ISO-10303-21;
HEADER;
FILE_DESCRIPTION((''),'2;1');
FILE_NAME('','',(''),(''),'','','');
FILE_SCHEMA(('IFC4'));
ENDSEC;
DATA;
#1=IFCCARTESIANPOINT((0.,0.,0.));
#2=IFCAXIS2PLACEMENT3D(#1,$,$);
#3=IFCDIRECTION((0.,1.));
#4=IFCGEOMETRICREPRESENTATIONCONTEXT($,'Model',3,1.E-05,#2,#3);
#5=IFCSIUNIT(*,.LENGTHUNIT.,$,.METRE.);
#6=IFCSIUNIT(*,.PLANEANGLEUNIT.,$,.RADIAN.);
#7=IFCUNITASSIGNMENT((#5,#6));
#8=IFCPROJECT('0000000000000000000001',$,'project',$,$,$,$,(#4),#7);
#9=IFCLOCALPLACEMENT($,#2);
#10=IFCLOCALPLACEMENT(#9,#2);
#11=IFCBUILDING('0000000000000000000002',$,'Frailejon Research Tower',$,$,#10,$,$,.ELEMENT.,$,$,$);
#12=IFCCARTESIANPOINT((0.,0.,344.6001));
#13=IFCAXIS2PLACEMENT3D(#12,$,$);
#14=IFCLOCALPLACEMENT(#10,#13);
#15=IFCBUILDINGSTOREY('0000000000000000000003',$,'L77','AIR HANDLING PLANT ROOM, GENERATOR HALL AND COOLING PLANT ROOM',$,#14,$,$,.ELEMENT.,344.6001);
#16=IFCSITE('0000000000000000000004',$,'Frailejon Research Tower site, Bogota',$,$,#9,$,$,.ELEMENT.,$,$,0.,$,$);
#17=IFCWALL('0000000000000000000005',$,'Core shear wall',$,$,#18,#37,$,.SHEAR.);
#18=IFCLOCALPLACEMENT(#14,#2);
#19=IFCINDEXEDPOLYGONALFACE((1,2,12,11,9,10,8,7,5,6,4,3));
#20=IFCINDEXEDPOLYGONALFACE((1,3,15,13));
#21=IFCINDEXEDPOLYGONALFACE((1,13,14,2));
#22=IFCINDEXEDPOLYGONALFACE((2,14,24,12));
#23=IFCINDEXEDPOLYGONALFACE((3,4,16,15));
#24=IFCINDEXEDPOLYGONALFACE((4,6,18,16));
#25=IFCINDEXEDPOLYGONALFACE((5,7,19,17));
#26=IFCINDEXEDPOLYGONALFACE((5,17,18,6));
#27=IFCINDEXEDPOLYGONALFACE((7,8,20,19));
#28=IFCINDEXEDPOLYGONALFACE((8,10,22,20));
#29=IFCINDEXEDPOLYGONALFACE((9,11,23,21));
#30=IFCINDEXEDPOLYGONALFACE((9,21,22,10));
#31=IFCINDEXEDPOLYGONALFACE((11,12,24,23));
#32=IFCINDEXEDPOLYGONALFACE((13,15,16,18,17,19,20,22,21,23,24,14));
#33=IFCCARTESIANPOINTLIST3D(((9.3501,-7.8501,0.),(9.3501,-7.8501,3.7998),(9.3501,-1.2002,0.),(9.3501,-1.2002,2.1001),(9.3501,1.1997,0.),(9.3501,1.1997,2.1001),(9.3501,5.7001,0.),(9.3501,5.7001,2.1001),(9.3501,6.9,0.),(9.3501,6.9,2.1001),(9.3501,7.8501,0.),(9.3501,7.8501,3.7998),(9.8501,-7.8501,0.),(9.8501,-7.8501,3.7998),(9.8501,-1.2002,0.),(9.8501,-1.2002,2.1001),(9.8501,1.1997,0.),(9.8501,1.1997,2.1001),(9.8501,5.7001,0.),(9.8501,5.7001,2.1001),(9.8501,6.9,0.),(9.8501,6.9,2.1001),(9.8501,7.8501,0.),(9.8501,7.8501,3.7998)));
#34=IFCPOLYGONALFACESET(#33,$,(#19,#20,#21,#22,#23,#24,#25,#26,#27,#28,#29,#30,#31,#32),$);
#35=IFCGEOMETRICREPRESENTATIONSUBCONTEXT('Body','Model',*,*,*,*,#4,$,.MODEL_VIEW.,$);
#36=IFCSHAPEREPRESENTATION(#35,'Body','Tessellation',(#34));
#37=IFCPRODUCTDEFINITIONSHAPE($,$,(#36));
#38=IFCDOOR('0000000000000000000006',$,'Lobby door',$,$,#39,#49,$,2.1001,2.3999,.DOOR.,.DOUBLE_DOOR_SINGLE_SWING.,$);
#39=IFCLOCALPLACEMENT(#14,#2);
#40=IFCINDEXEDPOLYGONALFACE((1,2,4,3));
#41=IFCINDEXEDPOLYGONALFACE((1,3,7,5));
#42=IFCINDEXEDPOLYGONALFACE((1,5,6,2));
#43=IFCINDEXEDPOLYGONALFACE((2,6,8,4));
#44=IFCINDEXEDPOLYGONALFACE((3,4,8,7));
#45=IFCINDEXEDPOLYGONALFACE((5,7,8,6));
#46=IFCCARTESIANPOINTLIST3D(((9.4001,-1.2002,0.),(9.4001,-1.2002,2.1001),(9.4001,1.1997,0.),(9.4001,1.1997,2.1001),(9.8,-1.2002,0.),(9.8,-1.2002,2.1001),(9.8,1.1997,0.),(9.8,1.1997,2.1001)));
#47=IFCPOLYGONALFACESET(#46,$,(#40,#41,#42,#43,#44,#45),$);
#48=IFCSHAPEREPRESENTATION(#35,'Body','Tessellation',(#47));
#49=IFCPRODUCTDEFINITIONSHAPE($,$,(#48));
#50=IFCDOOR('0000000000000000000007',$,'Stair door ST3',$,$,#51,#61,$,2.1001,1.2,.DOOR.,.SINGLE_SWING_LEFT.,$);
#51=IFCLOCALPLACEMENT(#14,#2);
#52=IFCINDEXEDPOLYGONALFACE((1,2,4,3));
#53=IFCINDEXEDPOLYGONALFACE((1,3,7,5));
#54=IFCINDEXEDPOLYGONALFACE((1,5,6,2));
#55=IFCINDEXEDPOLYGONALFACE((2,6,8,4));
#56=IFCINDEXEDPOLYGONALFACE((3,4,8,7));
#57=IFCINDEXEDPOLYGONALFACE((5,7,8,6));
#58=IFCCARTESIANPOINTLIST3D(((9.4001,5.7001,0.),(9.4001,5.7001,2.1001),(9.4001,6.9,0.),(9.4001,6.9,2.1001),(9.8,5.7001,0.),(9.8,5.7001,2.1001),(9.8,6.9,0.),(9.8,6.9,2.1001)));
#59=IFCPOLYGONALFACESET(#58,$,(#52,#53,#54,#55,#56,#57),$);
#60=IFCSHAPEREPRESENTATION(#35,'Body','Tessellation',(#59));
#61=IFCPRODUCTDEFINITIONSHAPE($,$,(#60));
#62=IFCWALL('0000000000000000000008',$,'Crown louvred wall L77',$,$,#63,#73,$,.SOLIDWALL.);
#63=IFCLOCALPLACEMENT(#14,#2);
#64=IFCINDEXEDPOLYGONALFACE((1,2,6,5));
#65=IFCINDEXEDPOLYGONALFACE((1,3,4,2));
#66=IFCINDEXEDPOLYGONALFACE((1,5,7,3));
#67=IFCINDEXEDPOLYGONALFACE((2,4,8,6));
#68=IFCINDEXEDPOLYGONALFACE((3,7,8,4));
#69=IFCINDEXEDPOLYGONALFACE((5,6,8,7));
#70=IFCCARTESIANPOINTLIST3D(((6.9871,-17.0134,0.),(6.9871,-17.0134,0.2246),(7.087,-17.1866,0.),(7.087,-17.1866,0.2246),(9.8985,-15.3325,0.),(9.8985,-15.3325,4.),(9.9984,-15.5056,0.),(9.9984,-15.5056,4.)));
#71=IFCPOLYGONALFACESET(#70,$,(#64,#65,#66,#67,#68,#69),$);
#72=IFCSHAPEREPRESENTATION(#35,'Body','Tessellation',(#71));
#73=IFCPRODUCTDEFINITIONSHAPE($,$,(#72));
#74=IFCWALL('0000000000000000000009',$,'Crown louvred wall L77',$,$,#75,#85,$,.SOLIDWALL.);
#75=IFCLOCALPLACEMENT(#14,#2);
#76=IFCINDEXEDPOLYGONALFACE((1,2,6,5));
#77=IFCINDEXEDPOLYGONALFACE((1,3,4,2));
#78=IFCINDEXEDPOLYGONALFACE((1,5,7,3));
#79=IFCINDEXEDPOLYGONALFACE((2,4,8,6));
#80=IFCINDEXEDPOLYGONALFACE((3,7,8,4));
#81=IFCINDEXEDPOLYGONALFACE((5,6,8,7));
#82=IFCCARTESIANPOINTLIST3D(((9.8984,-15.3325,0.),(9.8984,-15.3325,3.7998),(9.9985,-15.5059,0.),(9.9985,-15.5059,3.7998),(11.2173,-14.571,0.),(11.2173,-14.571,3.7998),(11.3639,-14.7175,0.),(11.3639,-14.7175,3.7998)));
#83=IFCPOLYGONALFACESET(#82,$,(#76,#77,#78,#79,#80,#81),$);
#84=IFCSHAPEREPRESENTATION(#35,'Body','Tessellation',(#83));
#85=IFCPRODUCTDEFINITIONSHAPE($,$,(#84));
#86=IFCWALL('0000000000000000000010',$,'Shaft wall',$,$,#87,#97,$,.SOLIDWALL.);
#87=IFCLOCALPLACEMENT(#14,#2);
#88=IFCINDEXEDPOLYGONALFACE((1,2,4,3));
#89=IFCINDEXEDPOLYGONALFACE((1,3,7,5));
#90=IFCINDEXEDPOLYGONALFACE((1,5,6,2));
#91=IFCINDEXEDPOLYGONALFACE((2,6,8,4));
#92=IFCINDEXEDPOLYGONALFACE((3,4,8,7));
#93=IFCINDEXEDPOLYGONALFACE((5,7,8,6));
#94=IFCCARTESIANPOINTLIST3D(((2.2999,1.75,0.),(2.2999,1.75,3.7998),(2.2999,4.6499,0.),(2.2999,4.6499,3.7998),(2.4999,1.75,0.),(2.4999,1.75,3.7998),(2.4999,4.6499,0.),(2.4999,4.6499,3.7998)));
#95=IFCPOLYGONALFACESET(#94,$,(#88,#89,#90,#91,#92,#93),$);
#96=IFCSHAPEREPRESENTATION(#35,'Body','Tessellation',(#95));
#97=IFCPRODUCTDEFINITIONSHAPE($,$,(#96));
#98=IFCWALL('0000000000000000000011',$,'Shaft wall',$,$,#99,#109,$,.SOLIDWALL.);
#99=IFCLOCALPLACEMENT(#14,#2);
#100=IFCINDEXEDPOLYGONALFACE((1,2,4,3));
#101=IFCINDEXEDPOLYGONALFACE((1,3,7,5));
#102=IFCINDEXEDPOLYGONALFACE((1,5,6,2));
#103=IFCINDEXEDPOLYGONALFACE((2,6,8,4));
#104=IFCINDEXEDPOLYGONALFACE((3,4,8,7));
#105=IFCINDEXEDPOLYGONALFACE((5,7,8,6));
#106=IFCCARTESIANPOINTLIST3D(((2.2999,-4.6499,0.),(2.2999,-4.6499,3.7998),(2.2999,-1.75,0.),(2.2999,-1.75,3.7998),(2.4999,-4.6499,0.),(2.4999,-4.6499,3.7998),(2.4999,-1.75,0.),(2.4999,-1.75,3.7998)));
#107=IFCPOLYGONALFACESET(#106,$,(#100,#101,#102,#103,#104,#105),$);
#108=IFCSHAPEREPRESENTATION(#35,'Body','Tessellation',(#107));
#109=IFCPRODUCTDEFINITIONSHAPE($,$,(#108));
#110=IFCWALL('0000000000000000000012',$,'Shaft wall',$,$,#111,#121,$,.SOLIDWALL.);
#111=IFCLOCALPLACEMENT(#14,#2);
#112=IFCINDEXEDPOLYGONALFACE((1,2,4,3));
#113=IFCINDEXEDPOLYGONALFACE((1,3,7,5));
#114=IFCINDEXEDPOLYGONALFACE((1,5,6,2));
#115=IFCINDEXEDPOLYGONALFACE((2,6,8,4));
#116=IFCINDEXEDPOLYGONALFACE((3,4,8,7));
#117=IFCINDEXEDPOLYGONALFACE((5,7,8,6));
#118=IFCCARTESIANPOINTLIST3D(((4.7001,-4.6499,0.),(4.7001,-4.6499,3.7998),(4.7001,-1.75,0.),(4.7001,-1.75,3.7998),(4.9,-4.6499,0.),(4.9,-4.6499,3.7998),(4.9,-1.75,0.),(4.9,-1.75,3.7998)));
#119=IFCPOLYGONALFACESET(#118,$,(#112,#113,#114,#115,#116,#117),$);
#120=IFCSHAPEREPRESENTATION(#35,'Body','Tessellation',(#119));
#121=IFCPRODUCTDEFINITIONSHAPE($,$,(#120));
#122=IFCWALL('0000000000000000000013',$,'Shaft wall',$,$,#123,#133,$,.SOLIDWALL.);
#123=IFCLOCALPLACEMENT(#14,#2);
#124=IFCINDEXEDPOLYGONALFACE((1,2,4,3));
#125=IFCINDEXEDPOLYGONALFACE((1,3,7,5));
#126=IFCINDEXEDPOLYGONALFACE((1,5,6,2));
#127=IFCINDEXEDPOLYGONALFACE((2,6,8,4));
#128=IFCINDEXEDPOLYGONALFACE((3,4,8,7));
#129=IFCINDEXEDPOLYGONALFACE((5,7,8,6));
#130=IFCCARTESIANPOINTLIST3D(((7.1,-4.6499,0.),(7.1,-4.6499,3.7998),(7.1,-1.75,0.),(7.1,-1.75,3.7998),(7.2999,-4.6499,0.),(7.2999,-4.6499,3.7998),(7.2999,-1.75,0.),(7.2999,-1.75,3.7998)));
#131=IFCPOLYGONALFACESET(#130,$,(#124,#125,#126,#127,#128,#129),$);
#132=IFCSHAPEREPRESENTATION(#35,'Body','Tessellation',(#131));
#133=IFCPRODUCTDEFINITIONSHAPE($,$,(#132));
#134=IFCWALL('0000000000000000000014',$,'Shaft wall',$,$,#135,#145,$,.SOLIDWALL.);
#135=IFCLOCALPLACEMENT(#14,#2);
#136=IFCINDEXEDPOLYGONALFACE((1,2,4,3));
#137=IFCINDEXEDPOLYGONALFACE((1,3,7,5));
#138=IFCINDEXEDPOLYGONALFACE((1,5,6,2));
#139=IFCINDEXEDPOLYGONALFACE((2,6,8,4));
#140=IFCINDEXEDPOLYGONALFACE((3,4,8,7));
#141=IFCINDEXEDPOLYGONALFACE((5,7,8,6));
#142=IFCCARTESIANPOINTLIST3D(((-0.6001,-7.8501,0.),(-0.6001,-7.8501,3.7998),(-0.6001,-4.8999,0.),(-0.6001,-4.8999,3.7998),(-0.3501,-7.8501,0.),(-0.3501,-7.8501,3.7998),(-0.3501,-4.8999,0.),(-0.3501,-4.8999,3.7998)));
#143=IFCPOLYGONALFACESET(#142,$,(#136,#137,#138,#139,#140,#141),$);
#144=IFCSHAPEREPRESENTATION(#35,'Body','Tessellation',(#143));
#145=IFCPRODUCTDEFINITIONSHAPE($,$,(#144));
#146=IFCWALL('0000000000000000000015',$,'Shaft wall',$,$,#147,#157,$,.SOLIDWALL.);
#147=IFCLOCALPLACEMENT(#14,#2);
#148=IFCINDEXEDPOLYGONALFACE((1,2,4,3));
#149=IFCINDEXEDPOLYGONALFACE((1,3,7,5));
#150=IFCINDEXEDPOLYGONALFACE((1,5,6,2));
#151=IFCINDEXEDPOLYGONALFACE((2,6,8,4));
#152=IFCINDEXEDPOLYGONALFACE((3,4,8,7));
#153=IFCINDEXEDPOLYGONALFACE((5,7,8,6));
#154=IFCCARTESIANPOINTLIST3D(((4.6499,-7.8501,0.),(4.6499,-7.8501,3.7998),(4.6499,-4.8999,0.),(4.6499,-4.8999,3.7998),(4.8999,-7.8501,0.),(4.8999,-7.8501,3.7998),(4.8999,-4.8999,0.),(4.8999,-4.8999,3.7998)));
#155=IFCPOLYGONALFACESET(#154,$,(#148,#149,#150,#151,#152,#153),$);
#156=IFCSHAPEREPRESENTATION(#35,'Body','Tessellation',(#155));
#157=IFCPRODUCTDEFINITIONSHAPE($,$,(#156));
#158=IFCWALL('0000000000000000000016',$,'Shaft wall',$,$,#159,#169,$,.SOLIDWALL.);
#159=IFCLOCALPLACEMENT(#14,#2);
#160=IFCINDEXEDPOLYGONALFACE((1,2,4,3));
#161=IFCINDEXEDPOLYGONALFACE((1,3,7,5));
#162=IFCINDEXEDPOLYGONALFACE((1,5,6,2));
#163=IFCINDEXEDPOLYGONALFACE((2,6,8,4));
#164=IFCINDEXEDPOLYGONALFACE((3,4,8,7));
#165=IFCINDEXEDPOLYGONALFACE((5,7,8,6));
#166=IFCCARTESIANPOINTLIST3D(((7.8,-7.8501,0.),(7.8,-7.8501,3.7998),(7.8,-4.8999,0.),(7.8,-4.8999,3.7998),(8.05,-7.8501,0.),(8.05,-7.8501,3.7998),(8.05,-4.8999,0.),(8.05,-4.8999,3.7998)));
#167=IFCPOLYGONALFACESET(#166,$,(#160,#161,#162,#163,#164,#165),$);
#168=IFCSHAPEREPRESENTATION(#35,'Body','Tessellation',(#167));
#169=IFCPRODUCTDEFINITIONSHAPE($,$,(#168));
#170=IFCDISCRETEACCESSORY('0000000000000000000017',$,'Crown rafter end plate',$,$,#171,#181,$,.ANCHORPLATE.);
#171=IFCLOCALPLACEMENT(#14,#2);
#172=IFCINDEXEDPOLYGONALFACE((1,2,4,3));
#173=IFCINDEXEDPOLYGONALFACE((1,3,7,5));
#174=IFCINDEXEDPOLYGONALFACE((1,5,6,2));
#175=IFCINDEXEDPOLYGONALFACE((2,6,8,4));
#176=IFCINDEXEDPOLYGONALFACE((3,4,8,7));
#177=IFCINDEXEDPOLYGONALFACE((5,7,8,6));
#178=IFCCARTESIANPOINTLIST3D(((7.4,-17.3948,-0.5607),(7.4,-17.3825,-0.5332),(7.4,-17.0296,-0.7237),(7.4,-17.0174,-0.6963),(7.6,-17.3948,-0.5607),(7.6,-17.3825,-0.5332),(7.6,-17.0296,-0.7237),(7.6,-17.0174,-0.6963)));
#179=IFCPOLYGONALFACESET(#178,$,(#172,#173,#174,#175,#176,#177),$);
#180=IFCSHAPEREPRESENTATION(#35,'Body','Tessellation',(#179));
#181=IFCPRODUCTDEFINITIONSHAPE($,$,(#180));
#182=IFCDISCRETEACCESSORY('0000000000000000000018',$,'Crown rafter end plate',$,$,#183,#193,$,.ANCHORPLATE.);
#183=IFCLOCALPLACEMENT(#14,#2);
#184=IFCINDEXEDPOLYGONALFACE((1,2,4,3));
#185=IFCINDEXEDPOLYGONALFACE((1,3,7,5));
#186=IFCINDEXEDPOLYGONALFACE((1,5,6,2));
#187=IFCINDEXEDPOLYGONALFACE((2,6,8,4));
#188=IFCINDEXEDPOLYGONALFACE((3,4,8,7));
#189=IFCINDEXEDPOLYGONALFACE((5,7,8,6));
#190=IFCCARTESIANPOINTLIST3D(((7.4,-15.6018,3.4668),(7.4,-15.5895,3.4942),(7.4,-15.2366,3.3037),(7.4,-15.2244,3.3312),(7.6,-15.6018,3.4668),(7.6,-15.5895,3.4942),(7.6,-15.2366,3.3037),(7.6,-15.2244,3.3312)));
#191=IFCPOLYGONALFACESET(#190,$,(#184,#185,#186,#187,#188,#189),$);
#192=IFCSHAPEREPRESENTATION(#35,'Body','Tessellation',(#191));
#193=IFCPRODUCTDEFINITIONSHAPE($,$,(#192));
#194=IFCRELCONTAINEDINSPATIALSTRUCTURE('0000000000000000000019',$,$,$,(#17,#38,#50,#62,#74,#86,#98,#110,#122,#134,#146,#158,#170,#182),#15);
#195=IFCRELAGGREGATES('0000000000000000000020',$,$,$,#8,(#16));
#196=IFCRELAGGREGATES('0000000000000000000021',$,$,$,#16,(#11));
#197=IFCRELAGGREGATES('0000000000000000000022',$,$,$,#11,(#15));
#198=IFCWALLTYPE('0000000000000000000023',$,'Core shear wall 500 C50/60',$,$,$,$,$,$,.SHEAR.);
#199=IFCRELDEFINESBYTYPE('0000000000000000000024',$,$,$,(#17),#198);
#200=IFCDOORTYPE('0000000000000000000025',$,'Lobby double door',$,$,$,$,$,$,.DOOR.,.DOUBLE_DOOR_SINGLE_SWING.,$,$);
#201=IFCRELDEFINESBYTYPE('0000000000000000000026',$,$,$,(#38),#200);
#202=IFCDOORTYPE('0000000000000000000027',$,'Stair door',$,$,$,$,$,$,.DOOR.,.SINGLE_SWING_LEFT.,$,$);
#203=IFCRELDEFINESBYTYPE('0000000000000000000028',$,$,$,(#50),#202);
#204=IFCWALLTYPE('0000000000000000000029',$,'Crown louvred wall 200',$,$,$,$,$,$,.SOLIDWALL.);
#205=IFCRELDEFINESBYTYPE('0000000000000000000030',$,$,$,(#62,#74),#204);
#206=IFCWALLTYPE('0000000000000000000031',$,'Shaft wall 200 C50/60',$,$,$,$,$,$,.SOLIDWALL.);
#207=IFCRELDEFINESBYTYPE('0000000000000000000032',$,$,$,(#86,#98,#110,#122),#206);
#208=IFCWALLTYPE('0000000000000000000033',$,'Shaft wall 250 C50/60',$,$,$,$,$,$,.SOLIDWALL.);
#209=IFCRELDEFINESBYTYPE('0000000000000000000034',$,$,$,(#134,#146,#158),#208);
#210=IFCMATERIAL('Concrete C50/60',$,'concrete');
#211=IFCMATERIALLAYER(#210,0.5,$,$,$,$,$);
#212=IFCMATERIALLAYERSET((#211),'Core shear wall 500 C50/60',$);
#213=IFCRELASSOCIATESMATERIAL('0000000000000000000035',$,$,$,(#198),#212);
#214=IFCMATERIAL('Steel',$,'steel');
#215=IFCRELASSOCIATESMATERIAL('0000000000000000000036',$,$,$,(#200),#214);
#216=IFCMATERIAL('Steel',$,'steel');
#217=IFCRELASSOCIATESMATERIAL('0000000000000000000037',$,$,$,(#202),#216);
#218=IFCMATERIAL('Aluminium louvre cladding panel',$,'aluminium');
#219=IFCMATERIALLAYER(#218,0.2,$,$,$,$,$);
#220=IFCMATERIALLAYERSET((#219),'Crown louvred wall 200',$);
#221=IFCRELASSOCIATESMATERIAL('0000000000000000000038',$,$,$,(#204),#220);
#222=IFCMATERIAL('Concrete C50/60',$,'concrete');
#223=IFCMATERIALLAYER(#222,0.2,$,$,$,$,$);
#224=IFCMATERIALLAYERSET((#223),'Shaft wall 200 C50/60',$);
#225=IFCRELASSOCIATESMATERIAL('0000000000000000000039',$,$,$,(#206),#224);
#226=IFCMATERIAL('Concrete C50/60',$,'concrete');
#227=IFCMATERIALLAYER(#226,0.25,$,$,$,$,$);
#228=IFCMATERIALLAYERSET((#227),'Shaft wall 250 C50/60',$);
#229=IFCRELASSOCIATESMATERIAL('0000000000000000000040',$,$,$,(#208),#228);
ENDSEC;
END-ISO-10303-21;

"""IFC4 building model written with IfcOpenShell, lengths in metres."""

from ifc_helpers import new_model, si_unit, direction, frame, frame_2d, origin, origin_2d, place, context, subcontext, project, spatial, polyline, rectangle, outline, extrude, material, layer, layer_set, type_object, element, fill, save


model = new_model("IFC4")

# Units and contexts
model_context = context("Model", 3, precision=1e-05, world=origin(), true_north=direction((0.0, 1.0)))
body_context = subcontext(model_context, "Body", "Model", "MODEL_VIEW")
ifc_project = project(units=[si_unit("LENGTHUNIT", "METRE"), si_unit("PLANEANGLEUNIT", "RADIAN")], contexts=[model_context])

# Site, building, storey
site_placement = place(None, origin())
site = spatial("IfcSite", under=ifc_project, at=site_placement, Name="Frailejon Research Tower site, Bogota", CompositionType="ELEMENT", RefElevation=0.0)
building_placement = place(site_placement, origin())
building = spatial("IfcBuilding", under=site, at=building_placement, Name="Frailejon Research Tower", CompositionType="ELEMENT")
storey_placement = place(building_placement, frame((0.0, 0.0, 344.6001)))
storey = spatial("IfcBuildingStorey", under=building, at=storey_placement, Name="L77", Description="AIR HANDLING PLANT ROOM, GENERATOR HALL AND COOLING PLANT ROOM", CompositionType="ELEMENT", Elevation=344.6001)

# Wall, openings, doors
ifc_material_1 = material(Name="Concrete C50/60", Category="concrete")
ifc_layer_1 = layer(ifc_material_1, 0.5)
ifc_layer_set_1 = layer_set([ifc_layer_1], Name="Core shear wall 500 C50/60")
wall_type_1 = type_object("IfcWallType", Name="Core shear wall 500 C50/60", PredefinedType="SHEAR", material=ifc_layer_set_1)
wall_1_placement = place(storey_placement, frame((9.6001, -7.8501, 0.0), z_axis=(0.0, 0.0, 1.0), x_axis=(0.0, 1.0, 0.0)))
wall_1 = element("IfcWall", 1, at=wall_1_placement, inside=storey, type_object=wall_type_1, Name="Core shear wall", PredefinedType="SHEAR", context=body_context, shape_type="SweptSolid", body=[
    extrude(rectangle(XDim=15.7002, YDim=0.5, at=frame_2d((7.8501, 0.0))), origin(), (0.0, 0.0, 1.0), 3.7998),
])
opening_1_placement = place(wall_1_placement, frame((6.6499, 0.0, 0.0)))
opening_1 = element("IfcOpeningElement", 2, at=opening_1_placement, cuts=wall_1, PredefinedType="OPENING", context=body_context, shape_type="SweptSolid", body=[
    extrude(rectangle(XDim=2.3999, YDim=2.1001, at=frame_2d((1.2, 1.05))), frame((0.0, 0.26, 0.0), z_axis=(0.0, -1.0, 0.0), x_axis=(1.0, 0.0, 0.0)), (0.0, 0.0, 1.0), 0.52),
])
opening_2_placement = place(wall_1_placement, frame((13.55, 0.0, 0.0)))
opening_2 = element("IfcOpeningElement", 3, at=opening_2_placement, cuts=wall_1, PredefinedType="OPENING", context=body_context, shape_type="SweptSolid", body=[
    extrude(rectangle(XDim=1.2, YDim=2.1001, at=frame_2d((0.6001, 1.05))), frame((0.0, 0.26, 0.0), z_axis=(0.0, -1.0, 0.0), x_axis=(1.0, 0.0, 0.0)), (0.0, 0.0, 1.0), 0.52),
])
ifc_material_2 = material(Name="Steel", Category="steel")
door_type_1 = type_object("IfcDoorType", Name="Lobby double door", OperationType="DOUBLE_DOOR_SINGLE_SWING", PredefinedType="DOOR", material=ifc_material_2)
door_1_placement = place(opening_1_placement, origin())
door_1 = element("IfcDoor", 4, at=door_1_placement, inside=storey, type_object=door_type_1, Name="Lobby door", OperationType="DOUBLE_DOOR_SINGLE_SWING", OverallHeight=2.1001, OverallWidth=2.3999, PredefinedType="DOOR", context=body_context, shape_type="SweptSolid", body=[
    extrude(rectangle(XDim=2.3999, YDim=2.1001, at=frame_2d((1.2, 1.05))), frame((0.0, 0.2, 0.0), z_axis=(0.0, -1.0, 0.0), x_axis=(1.0, 0.0, 0.0)), (0.0, 0.0, 1.0), 0.3999),
])
fill(opening_1, door_1)
ifc_material_3 = material(Name="Steel", Category="steel")
door_type_2 = type_object("IfcDoorType", Name="Stair door", OperationType="SINGLE_SWING_LEFT", PredefinedType="DOOR", material=ifc_material_3)
door_2_placement = place(opening_2_placement, origin())
door_2 = element("IfcDoor", 5, at=door_2_placement, inside=storey, type_object=door_type_2, Name="Stair door ST3", OperationType="SINGLE_SWING_LEFT", OverallHeight=2.1001, OverallWidth=1.2, PredefinedType="DOOR", context=body_context, shape_type="SweptSolid", body=[
    extrude(rectangle(XDim=1.2, YDim=2.1001, at=frame_2d((0.6001, 1.05))), frame((0.0, 0.2, 0.0), z_axis=(0.0, -1.0, 0.0), x_axis=(1.0, 0.0, 0.0)), (0.0, 0.0, 1.0), 0.3999),
])
fill(opening_2, door_2)

# Walls
ifc_material_4 = material(Name="Aluminium louvre cladding panel", Category="aluminium")
ifc_layer_2 = layer(ifc_material_4, 0.2)
ifc_layer_set_2 = layer_set([ifc_layer_2], Name="Crown louvred wall 200")
wall_type_2 = type_object("IfcWallType", Name="Crown louvred wall 200", PredefinedType="SOLIDWALL", material=ifc_layer_set_2)
wall_2_placement = place(storey_placement, frame((7.0371, -17.1001, 0.0), z_axis=(0.0, 0.0, 1.0), x_axis=(0.866022, 0.500005, 0.0)))
element("IfcWall", 6, at=wall_2_placement, inside=storey, type_object=wall_type_2, Name="Crown louvred wall L77", PredefinedType="SOLIDWALL", context=body_context, shape_type="SweptSolid", body=[
    extrude(outline(polyline([(0.0, 0.0), (3.3618, 0.0), (3.3618, 4.0), (0.0, 0.2246), (0.0, 0.0)])), frame((0.0, 0.1001, 0.0), z_axis=(0.0, -1.0, 0.0), x_axis=(1.0, 0.0, 0.0)), (0.0, 0.0, 1.0), 0.2),
])
wall_3_placement = place(storey_placement, frame((9.9485, -15.4192, 0.0), z_axis=(0.0, 0.0, 1.0), x_axis=(0.866005, 0.500036, 0.0)))
element("IfcWall", 7, at=wall_3_placement, inside=storey, type_object=wall_type_2, Name="Crown louvred wall L77", PredefinedType="SOLIDWALL", context=body_context, shape_type="SweptSolid", body=[
    extrude(outline(polyline([(0.0, -0.1001), (1.5767, -0.1001), (1.5229, 0.1001), (0.0, 0.1001), (0.0, -0.1001)])), origin(), (0.0, 0.0, 1.0), 3.7998),
])
ifc_material_5 = material(Name="Concrete C50/60", Category="concrete")
ifc_layer_3 = layer(ifc_material_5, 0.2)
ifc_layer_set_3 = layer_set([ifc_layer_3], Name="Shaft wall 200 C50/60")
wall_type_3 = type_object("IfcWallType", Name="Shaft wall 200 C50/60", PredefinedType="SOLIDWALL", material=ifc_layer_set_3)
for number, where, z_axis, x_axis, name in (
    (8, (2.3999, 1.75, 0.0), (0.0, 0.0, 1.0), (0.0, 1.0, 0.0), "Shaft wall"),
    (9, (2.3999, -4.6499, 0.0), (0.0, 0.0, 1.0), (0.0, 1.0, 0.0), "Shaft wall"),
    (10, (4.8, -4.6499, 0.0), (0.0, 0.0, 1.0), (0.0, 1.0, 0.0), "Shaft wall"),
    (11, (7.2, -4.6499, 0.0), (0.0, 0.0, 1.0), (0.0, 1.0, 0.0), "Shaft wall"),
):
    element("IfcWall", number, at=place(storey_placement, frame(where, z_axis=z_axis, x_axis=x_axis)), inside=storey, type_object=wall_type_3, Name=name, PredefinedType="SOLIDWALL", context=body_context, shape_type="SweptSolid", body=[
        extrude(rectangle(XDim=2.8999, YDim=0.2, at=frame_2d((1.45, 0.0))), origin(), (0.0, 0.0, 1.0), 3.7998),
    ])
ifc_material_6 = material(Name="Concrete C50/60", Category="concrete")
ifc_layer_4 = layer(ifc_material_6, 0.25)
ifc_layer_set_4 = layer_set([ifc_layer_4], Name="Shaft wall 250 C50/60")
wall_type_4 = type_object("IfcWallType", Name="Shaft wall 250 C50/60", PredefinedType="SOLIDWALL", material=ifc_layer_set_4)
for number, where, z_axis, x_axis, name in (
    (12, (-0.4751, -7.8501, 0.0), (0.0, 0.0, 1.0), (0.0, 1.0, 0.0), "Shaft wall"),
    (13, (4.7749, -7.8501, 0.0), (0.0, 0.0, 1.0), (0.0, 1.0, 0.0), "Shaft wall"),
    (14, (7.925, -7.8501, 0.0), (0.0, 0.0, 1.0), (0.0, 1.0, 0.0), "Shaft wall"),
):
    element("IfcWall", number, at=place(storey_placement, frame(where, z_axis=z_axis, x_axis=x_axis)), inside=storey, type_object=wall_type_4, Name=name, PredefinedType="SOLIDWALL", context=body_context, shape_type="SweptSolid", body=[
        extrude(rectangle(XDim=2.9502, YDim=0.25, at=frame_2d((1.4751, 0.0))), origin(), (0.0, 0.0, 1.0), 3.7998),
    ])

# Discrete accessories
for number, where, z_axis, x_axis, name in (
    (15, (7.5, -17.2, -0.6147), (0.0, -0.407651, -0.913138), (1.0, 0.0, 0.0), "Crown rafter end plate"),
    (16, (7.5, -15.4192, 3.3853), (0.0, 0.407651, 0.913138), (-1.0, 0.0, 0.0), "Crown rafter end plate"),
):
    element("IfcDiscreteAccessory", number, at=place(storey_placement, frame(where, z_axis=z_axis, x_axis=x_axis)), inside=storey, Name=name, PredefinedType="ANCHORPLATE", context=body_context, shape_type="SweptSolid", body=[
        extrude(rectangle(XDim=0.2, YDim=0.3999, at=origin_2d()), origin(), (0.0, 0.0, 1.0), 0.03),
    ])

save(model, "model.ifc")
